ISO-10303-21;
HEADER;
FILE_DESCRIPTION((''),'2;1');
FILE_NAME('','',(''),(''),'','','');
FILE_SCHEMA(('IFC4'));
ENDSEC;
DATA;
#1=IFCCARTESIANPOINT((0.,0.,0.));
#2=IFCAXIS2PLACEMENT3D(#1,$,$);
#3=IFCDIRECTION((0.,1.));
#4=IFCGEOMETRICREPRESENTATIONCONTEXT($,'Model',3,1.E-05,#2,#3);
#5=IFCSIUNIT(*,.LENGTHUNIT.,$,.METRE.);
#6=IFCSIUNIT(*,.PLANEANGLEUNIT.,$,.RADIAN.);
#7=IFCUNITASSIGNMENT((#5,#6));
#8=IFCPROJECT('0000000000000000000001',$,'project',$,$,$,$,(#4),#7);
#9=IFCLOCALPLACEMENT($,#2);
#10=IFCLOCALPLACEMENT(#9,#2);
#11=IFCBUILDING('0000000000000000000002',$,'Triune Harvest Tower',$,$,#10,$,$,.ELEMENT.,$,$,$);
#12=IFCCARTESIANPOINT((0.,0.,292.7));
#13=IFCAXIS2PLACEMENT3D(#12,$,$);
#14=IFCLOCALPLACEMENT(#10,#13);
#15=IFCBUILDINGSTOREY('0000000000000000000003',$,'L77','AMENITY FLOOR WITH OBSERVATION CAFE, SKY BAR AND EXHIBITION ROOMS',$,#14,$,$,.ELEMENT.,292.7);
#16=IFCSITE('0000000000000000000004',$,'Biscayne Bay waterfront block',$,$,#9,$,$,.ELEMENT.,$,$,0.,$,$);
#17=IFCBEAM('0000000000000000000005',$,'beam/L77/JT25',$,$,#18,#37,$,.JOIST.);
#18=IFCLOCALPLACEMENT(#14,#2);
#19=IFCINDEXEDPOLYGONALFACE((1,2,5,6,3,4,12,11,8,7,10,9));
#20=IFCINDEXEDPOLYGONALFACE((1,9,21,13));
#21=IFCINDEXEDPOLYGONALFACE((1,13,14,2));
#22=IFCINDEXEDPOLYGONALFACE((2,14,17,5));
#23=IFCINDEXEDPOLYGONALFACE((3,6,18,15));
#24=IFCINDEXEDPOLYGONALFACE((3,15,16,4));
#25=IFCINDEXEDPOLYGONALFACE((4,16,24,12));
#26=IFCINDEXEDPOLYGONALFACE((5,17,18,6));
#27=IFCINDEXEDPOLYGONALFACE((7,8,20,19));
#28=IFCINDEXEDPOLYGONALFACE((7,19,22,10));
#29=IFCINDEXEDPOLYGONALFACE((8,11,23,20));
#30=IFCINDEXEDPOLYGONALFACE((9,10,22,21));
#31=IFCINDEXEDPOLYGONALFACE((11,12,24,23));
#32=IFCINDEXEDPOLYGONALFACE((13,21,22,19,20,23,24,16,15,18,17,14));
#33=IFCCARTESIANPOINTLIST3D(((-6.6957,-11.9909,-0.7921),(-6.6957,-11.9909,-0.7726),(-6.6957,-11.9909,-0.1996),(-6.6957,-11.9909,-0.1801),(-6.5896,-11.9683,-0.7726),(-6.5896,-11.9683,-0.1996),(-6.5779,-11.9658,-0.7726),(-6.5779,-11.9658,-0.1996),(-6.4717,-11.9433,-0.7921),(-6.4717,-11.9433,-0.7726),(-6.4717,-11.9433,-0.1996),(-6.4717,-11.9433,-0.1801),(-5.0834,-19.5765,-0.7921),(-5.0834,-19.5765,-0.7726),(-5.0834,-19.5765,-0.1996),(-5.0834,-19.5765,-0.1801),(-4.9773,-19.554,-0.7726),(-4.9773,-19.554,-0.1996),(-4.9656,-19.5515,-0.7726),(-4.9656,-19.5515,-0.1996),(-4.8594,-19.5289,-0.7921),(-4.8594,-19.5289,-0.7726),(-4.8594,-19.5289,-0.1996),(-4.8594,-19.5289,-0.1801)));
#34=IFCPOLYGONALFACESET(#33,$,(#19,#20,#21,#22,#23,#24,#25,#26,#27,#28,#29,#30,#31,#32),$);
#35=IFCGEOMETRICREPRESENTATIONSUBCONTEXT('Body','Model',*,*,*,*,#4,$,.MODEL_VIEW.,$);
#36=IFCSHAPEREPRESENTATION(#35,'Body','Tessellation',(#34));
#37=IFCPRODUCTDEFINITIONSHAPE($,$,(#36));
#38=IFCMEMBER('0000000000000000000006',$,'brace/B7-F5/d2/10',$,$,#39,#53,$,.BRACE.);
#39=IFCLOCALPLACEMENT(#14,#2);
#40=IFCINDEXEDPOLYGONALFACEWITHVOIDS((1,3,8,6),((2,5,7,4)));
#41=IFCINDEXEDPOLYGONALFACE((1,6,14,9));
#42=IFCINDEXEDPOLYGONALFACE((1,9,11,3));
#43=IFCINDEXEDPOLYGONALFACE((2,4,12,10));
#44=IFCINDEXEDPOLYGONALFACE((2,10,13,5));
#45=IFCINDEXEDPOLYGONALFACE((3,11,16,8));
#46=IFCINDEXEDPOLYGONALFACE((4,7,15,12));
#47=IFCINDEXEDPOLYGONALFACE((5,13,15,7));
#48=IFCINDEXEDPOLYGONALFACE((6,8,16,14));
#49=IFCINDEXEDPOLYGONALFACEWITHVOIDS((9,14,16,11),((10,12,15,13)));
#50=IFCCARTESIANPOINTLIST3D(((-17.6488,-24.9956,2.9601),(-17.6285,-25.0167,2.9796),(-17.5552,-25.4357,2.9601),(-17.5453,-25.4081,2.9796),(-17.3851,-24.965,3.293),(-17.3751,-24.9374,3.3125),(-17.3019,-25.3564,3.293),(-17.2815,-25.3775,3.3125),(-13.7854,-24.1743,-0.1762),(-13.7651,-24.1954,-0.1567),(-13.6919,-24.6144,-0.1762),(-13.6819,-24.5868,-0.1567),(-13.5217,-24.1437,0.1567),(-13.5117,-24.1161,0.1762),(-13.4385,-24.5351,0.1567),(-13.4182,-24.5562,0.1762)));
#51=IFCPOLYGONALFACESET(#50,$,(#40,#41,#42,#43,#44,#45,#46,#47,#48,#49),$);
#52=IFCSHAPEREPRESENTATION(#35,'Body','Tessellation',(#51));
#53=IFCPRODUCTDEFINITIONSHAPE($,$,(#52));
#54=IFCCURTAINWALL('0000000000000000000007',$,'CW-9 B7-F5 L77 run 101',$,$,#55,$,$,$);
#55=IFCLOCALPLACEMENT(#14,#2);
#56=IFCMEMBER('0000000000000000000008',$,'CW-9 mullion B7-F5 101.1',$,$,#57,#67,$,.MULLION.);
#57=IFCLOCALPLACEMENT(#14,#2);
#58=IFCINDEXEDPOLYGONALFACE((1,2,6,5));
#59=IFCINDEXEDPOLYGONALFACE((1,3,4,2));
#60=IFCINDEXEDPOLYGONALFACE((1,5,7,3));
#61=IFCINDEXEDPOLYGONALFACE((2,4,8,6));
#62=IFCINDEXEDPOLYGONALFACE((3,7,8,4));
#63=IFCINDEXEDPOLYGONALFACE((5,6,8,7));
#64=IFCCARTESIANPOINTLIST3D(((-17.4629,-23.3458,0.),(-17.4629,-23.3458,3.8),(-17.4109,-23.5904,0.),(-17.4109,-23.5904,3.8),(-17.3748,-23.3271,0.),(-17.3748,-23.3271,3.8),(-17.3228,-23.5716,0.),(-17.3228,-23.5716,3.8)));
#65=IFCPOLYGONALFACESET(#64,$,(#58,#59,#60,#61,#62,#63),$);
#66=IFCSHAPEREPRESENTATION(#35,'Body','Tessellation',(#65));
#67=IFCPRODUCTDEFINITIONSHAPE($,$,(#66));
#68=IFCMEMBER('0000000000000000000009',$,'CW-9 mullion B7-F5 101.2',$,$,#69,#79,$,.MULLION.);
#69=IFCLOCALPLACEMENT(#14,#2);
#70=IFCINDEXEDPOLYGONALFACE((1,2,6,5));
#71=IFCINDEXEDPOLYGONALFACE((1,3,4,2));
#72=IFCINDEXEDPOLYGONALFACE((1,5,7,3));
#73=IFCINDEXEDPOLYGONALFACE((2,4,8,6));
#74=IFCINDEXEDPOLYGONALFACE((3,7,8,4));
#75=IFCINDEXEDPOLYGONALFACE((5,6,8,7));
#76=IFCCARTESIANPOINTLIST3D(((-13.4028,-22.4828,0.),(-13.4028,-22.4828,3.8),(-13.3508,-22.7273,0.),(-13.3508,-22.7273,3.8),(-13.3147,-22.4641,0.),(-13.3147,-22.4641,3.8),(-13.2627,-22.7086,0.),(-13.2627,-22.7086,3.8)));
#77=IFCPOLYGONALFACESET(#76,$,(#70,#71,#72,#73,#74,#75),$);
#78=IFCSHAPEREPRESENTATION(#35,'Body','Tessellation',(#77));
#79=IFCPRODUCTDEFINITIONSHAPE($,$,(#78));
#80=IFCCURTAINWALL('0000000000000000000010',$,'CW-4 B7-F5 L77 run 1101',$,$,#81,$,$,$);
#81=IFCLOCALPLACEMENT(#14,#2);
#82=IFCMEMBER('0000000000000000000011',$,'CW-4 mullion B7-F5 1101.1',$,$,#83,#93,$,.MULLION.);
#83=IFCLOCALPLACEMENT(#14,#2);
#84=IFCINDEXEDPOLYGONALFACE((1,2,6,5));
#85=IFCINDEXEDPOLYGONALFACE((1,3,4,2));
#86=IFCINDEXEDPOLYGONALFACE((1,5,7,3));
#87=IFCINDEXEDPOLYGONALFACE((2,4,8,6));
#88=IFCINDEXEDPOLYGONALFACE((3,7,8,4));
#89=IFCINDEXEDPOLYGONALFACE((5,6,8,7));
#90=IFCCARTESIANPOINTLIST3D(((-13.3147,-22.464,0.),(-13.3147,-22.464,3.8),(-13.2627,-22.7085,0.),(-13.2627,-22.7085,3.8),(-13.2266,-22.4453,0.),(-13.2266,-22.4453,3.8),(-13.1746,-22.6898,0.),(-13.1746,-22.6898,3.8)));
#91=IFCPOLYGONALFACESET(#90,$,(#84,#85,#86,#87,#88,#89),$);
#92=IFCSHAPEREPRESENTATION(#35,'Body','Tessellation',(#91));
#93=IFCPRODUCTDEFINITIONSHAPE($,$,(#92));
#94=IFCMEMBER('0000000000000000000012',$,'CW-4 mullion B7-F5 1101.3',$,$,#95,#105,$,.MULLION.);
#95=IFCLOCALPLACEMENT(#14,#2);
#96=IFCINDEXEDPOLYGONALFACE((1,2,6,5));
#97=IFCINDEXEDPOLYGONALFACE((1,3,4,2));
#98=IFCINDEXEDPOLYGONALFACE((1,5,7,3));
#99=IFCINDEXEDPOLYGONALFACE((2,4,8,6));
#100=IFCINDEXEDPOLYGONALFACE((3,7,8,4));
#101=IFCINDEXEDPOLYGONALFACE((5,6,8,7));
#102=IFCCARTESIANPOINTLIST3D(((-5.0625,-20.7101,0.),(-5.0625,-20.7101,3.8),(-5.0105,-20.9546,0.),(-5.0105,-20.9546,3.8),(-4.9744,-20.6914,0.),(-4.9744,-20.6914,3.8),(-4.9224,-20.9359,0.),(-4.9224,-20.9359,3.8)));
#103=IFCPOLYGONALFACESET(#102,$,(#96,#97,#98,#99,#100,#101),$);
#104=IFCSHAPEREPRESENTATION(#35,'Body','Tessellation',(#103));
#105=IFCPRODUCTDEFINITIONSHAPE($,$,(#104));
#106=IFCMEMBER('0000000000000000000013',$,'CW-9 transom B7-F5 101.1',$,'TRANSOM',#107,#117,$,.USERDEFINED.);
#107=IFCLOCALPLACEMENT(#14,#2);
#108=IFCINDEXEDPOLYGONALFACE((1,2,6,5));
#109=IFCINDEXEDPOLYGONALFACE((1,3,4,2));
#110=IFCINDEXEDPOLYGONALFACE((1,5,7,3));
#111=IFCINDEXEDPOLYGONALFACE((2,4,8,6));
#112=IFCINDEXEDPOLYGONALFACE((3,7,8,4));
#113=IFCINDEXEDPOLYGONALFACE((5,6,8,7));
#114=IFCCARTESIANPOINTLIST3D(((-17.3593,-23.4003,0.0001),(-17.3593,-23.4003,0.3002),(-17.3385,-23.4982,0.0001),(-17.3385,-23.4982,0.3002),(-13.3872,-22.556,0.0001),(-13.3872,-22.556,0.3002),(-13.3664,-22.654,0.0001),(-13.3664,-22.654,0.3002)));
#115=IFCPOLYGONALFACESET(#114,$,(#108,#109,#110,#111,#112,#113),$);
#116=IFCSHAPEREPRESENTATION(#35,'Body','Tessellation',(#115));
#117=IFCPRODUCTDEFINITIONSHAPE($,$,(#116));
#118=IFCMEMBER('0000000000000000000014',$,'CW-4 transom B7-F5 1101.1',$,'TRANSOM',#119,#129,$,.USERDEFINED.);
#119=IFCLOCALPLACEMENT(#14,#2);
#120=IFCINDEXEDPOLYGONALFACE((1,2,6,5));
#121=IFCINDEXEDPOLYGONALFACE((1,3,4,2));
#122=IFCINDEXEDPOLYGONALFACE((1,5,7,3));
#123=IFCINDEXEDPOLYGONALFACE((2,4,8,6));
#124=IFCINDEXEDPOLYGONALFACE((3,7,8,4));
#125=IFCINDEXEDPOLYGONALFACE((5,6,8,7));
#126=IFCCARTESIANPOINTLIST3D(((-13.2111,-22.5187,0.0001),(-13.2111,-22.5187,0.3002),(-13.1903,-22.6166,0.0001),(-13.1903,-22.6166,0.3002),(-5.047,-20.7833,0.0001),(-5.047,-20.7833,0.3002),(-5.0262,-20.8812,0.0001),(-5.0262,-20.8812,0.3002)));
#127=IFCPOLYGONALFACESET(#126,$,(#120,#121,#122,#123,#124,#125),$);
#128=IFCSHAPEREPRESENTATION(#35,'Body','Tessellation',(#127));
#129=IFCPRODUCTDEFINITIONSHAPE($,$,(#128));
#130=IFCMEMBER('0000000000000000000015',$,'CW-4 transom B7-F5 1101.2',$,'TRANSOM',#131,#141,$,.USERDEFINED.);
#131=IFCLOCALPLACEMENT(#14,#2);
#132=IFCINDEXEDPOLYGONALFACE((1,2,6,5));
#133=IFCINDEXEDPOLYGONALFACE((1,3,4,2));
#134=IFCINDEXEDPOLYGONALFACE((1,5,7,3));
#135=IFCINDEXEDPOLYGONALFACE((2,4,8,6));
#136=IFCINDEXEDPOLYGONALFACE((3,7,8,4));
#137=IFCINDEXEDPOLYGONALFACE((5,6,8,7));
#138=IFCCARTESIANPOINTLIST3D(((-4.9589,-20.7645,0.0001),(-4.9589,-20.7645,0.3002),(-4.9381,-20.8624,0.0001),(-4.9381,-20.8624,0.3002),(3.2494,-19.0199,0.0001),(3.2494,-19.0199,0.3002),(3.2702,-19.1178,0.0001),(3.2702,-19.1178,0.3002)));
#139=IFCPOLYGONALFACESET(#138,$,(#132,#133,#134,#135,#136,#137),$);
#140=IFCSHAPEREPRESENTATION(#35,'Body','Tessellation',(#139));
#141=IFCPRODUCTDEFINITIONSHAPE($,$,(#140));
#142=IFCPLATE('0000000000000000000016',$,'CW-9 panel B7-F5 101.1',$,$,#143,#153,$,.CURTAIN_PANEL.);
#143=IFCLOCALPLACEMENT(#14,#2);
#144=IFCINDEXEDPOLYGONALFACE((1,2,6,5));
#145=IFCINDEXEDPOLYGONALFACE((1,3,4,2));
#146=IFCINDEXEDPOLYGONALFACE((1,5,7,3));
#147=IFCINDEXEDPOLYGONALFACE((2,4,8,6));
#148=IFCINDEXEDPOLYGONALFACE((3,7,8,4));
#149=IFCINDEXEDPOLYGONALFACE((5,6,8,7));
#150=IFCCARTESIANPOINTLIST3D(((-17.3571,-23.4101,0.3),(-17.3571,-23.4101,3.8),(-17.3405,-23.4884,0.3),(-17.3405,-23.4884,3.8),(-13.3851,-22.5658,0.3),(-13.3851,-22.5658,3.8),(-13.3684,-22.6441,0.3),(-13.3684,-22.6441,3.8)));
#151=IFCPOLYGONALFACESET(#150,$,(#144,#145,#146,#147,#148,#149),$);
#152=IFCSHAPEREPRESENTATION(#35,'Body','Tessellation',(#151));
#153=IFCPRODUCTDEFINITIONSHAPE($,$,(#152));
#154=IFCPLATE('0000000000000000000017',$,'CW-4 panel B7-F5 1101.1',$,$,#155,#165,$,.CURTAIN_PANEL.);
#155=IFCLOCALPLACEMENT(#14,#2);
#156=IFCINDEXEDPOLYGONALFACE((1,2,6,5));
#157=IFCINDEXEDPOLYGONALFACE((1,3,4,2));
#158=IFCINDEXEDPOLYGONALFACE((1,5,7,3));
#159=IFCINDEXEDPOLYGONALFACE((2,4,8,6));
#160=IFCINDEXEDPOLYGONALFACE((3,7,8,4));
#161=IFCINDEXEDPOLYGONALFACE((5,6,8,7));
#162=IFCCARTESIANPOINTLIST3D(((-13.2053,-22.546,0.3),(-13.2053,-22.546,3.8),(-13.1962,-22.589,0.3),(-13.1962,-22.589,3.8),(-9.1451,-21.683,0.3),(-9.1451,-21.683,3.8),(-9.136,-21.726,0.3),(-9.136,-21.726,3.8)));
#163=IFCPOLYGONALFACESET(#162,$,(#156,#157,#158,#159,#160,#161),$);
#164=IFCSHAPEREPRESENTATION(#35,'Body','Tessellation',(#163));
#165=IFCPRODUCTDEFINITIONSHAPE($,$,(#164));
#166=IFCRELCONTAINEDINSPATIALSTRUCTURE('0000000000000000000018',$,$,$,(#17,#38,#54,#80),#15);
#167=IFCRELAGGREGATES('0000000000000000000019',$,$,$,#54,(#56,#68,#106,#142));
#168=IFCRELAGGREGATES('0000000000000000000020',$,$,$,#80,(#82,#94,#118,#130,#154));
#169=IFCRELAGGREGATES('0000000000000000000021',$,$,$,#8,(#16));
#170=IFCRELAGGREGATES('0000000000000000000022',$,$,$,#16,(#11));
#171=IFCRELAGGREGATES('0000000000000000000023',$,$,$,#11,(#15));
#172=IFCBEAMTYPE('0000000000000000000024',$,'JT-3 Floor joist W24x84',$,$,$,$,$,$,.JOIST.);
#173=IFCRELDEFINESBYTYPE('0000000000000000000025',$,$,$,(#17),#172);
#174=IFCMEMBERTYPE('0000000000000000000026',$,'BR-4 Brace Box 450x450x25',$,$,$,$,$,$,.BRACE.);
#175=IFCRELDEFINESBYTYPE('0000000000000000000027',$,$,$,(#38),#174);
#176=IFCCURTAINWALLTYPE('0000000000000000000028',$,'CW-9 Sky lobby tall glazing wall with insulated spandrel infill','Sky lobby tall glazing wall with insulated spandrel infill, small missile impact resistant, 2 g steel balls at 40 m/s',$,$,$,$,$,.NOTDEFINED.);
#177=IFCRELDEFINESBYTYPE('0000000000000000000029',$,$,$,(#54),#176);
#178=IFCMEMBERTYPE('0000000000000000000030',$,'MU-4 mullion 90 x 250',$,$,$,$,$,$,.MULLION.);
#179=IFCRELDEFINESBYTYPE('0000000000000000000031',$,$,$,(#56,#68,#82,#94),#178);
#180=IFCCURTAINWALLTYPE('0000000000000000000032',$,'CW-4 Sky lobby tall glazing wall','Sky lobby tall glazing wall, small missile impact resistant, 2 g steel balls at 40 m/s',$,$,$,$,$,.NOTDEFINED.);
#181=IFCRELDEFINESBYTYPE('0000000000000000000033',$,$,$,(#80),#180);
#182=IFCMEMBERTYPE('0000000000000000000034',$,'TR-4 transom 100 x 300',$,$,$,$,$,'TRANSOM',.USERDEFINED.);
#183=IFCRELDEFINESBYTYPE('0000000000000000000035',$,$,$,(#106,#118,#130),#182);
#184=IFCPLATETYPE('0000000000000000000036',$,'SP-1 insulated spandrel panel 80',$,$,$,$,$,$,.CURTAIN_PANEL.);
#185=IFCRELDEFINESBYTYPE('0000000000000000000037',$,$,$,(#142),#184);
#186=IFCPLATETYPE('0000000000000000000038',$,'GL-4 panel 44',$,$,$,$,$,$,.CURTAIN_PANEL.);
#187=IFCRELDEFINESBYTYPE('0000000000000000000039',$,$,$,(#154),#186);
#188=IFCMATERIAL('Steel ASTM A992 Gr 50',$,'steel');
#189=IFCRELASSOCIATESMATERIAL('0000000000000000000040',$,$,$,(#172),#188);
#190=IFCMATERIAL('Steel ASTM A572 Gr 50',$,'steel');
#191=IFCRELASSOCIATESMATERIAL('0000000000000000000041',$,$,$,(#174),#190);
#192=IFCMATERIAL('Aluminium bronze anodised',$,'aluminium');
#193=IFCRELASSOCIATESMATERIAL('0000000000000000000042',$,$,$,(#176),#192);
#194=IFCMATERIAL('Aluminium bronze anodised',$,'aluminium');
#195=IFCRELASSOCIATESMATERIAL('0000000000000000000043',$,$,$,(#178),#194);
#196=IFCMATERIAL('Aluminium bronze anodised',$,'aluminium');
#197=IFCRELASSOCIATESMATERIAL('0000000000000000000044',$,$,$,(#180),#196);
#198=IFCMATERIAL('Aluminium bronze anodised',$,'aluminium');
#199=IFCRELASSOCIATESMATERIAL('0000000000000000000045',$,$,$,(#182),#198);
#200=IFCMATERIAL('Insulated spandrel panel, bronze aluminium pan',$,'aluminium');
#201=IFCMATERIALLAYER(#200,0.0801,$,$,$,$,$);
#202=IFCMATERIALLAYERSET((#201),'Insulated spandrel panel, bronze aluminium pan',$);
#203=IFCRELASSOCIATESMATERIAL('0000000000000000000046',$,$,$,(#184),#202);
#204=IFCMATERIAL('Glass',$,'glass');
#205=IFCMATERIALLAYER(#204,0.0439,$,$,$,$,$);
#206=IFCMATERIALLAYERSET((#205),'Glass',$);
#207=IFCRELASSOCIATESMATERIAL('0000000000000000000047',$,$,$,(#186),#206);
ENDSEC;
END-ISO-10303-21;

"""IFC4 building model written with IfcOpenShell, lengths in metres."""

from ifc_helpers import new_model, si_unit, direction, frame, origin, origin_2d, place, context, subcontext, project, spatial, rectangle, hollow_rectangle, i_section, extrude, source, transform, mapped, material, layer, layer_set, material_profile, profile_set, type_object, element, aggregate, save


model = new_model("IFC4")

# Units and contexts
model_context = context("Model", 3, precision=1e-05, world=origin(), true_north=direction((0.0, 1.0)))
body_context = subcontext(model_context, "Body", "Model", "MODEL_VIEW")
ifc_project = project(units=[si_unit("LENGTHUNIT", "METRE"), si_unit("PLANEANGLEUNIT", "RADIAN")], contexts=[model_context])

# Site, building, storey
site_placement = place(None, origin())
site = spatial("IfcSite", under=ifc_project, at=site_placement, Name="Biscayne Bay waterfront block", CompositionType="ELEMENT", RefElevation=0.0)
building_placement = place(site_placement, origin())
building = spatial("IfcBuilding", under=site, at=building_placement, Name="Triune Harvest Tower", CompositionType="ELEMENT")
storey_placement = place(building_placement, frame((0.0, 0.0, 292.7)))
storey = spatial("IfcBuildingStorey", under=building, at=storey_placement, Name="L77", Description="AMENITY FLOOR WITH OBSERVATION CAFE, SKY BAR AND EXHIBITION ROOMS", CompositionType="ELEMENT", Elevation=292.7)

# Beam
ifc_material_1 = material(Name="Steel ASTM A992 Gr 50", Category="steel")
ifc_material_profile_1 = material_profile(ifc_material_1, i_section(OverallWidth=0.229, OverallDepth=0.6121, WebThickness=0.012, FlangeThickness=0.0195, at=origin_2d()), Name="W24x84")
ifc_profile_set_1 = profile_set([ifc_material_profile_1], Name="Steel ASTM A992 Gr 50")
beam_type_1 = type_object("IfcBeamType", Name="JT-3 Floor joist W24x84", PredefinedType="JOIST", material=ifc_profile_set_1)
shared_shape_1 = source(origin(), body_context, "Body", "SweptSolid", [
    extrude(i_section(OverallWidth=0.229, OverallDepth=0.6121, WebThickness=0.012, FlangeThickness=0.0195, at=origin_2d()), origin(), (0.0, 0.0, 1.0), 7.7551),
])
beam_1_placement = place(storey_placement, frame((-4.9714, -19.5527, -0.4861), z_axis=(-0.207901, 0.97815, 0.0), x_axis=(-0.97815, -0.207901, 0.0)))
element("IfcBeam", 1, at=beam_1_placement, inside=storey, type_object=beam_type_1, Name="beam/L77/JT25", PredefinedType="JOIST", context=body_context, shape_type="MappedRepresentation", body=[
    mapped(shared_shape_1, transform((0.0, 0.0, 0.0), scale=1.0)),
])

# Member
ifc_material_2 = material(Name="Steel ASTM A572 Gr 50", Category="steel")
ifc_material_profile_2 = material_profile(ifc_material_2, hollow_rectangle(XDim=0.45, YDim=0.45, WallThickness=0.0249, at=origin_2d()), Name="Box 450x450x25")
ifc_profile_set_2 = profile_set([ifc_material_profile_2], Name="Steel ASTM A572 Gr 50")
member_type_1 = type_object("IfcMemberType", Name="BR-4 Brace Box 450x450x25", PredefinedType="BRACE", material=ifc_profile_set_2)
shared_shape_2 = source(origin(), body_context, "Body", "SweptSolid", [
    extrude(hollow_rectangle(XDim=0.45, YDim=0.45, WallThickness=0.0249, at=origin_2d()), origin(), (0.0, 0.0, 1.0), 5.0435),
])
member_1_placement = place(storey_placement, frame((-13.6018, -24.3652, 0.0), z_axis=(-0.766015, -0.162846, 0.621854), x_axis=(0.207942, -0.978141, 0.0)))
element("IfcMember", 2, at=member_1_placement, inside=storey, type_object=member_type_1, Name="brace/B7-F5/d2/10", PredefinedType="BRACE", context=body_context, shape_type="MappedRepresentation", body=[
    mapped(shared_shape_2, transform((0.0, 0.0, 0.0), scale=1.0)),
])

# Curtain walls, members
ifc_material_3 = material(Name="Aluminium bronze anodised", Category="aluminium")
curtain_wall_type_1 = type_object("IfcCurtainWallType", Name="CW-9 Sky lobby tall glazing wall with insulated spandrel infill", Description="Sky lobby tall glazing wall with insulated spandrel infill, small missile impact resistant, 2 g steel balls at 40 m/s", PredefinedType="NOTDEFINED", material=ifc_material_3)
curtain_wall_1_placement = place(storey_placement, origin())
curtain_wall_1 = element("IfcCurtainWall", 3, at=curtain_wall_1_placement, inside=storey, type_object=curtain_wall_type_1, Name="CW-9 B7-F5 L77 run 101")
ifc_material_4 = material(Name="Aluminium bronze anodised", Category="aluminium")
ifc_material_profile_3 = material_profile(ifc_material_4, rectangle(XDim=0.25, YDim=0.0901, at=origin_2d()), Name="MU-4 mullion 90 x 250")
ifc_profile_set_3 = profile_set([ifc_material_profile_3], Name="Aluminium bronze anodised")
member_type_2 = type_object("IfcMemberType", Name="MU-4 mullion 90 x 250", PredefinedType="MULLION", material=ifc_profile_set_3)
shared_shape_3 = source(origin(), body_context, "Body", "SweptSolid", [
    extrude(rectangle(XDim=0.25, YDim=0.0901, at=origin_2d()), origin(), (0.0, 0.0, 1.0), 3.8),
])
member_2_placement = place(storey_placement, frame((-17.3928, -23.4587, 0.0), z_axis=(0.0, 0.0, 1.0), x_axis=(-0.20791, 0.978148, 0.0)))
member_2 = element("IfcMember", 4, at=member_2_placement, type_object=member_type_2, Name="CW-9 mullion B7-F5 101.1", PredefinedType="MULLION", context=body_context, shape_type="MappedRepresentation", body=[
    mapped(shared_shape_3, transform((0.0, 0.0, 0.0), scale=1.0)),
])
member_3_placement = place(storey_placement, frame((-13.3328, -22.5957, 0.0), z_axis=(0.0, 0.0, 1.0), x_axis=(-0.20791, 0.978148, 0.0)))
member_3 = element("IfcMember", 5, at=member_3_placement, type_object=member_type_2, Name="CW-9 mullion B7-F5 101.2", PredefinedType="MULLION", context=body_context, shape_type="MappedRepresentation", body=[
    mapped(shared_shape_3, transform((0.0, 0.0, 0.0), scale=1.0)),
])
ifc_material_5 = material(Name="Aluminium bronze anodised", Category="aluminium")
curtain_wall_type_2 = type_object("IfcCurtainWallType", Name="CW-4 Sky lobby tall glazing wall", Description="Sky lobby tall glazing wall, small missile impact resistant, 2 g steel balls at 40 m/s", PredefinedType="NOTDEFINED", material=ifc_material_5)
curtain_wall_2_placement = place(storey_placement, origin())
curtain_wall_2 = element("IfcCurtainWall", 6, at=curtain_wall_2_placement, inside=storey, type_object=curtain_wall_type_2, Name="CW-4 B7-F5 L77 run 1101")
member_4_placement = place(storey_placement, frame((-13.2446, -22.5769, 0.0), z_axis=(0.0, 0.0, 1.0), x_axis=(-0.20791, 0.978148, 0.0)))
member_4 = element("IfcMember", 7, at=member_4_placement, type_object=member_type_2, Name="CW-4 mullion B7-F5 1101.1", PredefinedType="MULLION", context=body_context, shape_type="MappedRepresentation", body=[
    mapped(shared_shape_3, transform((0.0, 0.0, 0.0), scale=1.0)),
])
member_5_placement = place(storey_placement, frame((-4.9924, -20.823, 0.0), z_axis=(0.0, 0.0, 1.0), x_axis=(-0.20791, 0.978148, 0.0)))
member_5 = element("IfcMember", 8, at=member_5_placement, type_object=member_type_2, Name="CW-4 mullion B7-F5 1101.3", PredefinedType="MULLION", context=body_context, shape_type="MappedRepresentation", body=[
    mapped(shared_shape_3, transform((0.0, 0.0, 0.0), scale=1.0)),
])

# Members
ifc_material_6 = material(Name="Aluminium bronze anodised", Category="aluminium")
ifc_material_profile_4 = material_profile(ifc_material_6, rectangle(XDim=0.1001, YDim=0.3, at=origin_2d()), Name="TR-4 transom 100 x 300")
ifc_profile_set_4 = profile_set([ifc_material_profile_4], Name="Aluminium bronze anodised")
member_type_3 = type_object("IfcMemberType", Name="TR-4 transom 100 x 300", ElementType="TRANSOM", PredefinedType="USERDEFINED", material=ifc_profile_set_4)
shared_shape_4 = source(origin(), body_context, "Body", "SweptSolid", [
    extrude(rectangle(XDim=0.1001, YDim=0.3, at=origin_2d()), origin(), (0.0, 0.0, 1.0), 4.0608),
])
member_6_placement = place(storey_placement, frame((-17.3489, -23.4492, 0.1501), z_axis=(0.978151, 0.207895, 0.0), x_axis=(-0.207895, 0.978151, 0.0)))
member_6 = element("IfcMember", 9, at=member_6_placement, type_object=member_type_3, Name="CW-9 transom B7-F5 101.1", ObjectType="TRANSOM", PredefinedType="USERDEFINED", context=body_context, shape_type="MappedRepresentation", body=[
    mapped(shared_shape_4, transform((0.0, 0.0, 0.0), scale=1.0)),
])
shared_shape_5 = source(origin(), body_context, "Body", "SweptSolid", [
    extrude(rectangle(XDim=0.1001, YDim=0.3, at=origin_2d()), origin(), (0.0, 0.0, 1.0), 8.3464),
])
member_7_placement = place(storey_placement, frame((-13.2007, -22.5676, 0.1501), z_axis=(0.978147, 0.207915, 0.0), x_axis=(-0.207915, 0.978147, 0.0)))
member_7 = element("IfcMember", 10, at=member_7_placement, type_object=member_type_3, Name="CW-4 transom B7-F5 1101.1", ObjectType="TRANSOM", PredefinedType="USERDEFINED", context=body_context, shape_type="MappedRepresentation", body=[
    mapped(shared_shape_5, transform((0.0, 0.0, 0.0), scale=1.0)),
])
shared_shape_6 = source(origin(), body_context, "Body", "SweptSolid", [
    extrude(rectangle(XDim=0.1001, YDim=0.3, at=origin_2d()), origin(), (0.0, 0.0, 1.0), 8.3916),
])
member_8_placement = place(storey_placement, frame((-4.9485, -20.8135, 0.1501), z_axis=(0.97815, 0.207902, 0.0), x_axis=(-0.207902, 0.97815, 0.0)))
member_8 = element("IfcMember", 11, at=member_8_placement, type_object=member_type_3, Name="CW-4 transom B7-F5 1101.2", ObjectType="TRANSOM", PredefinedType="USERDEFINED", context=body_context, shape_type="MappedRepresentation", body=[
    mapped(shared_shape_6, transform((0.0, 0.0, 0.0), scale=1.0)),
])

# Plates
ifc_material_7 = material(Name="Insulated spandrel panel, bronze aluminium pan", Category="aluminium")
ifc_layer_1 = layer(ifc_material_7, 0.0801)
ifc_layer_set_1 = layer_set([ifc_layer_1], Name="Insulated spandrel panel, bronze aluminium pan")
plate_type_1 = type_object("IfcPlateType", Name="SP-1 insulated spandrel panel 80", PredefinedType="CURTAIN_PANEL", material=ifc_layer_set_1)
shared_shape_7 = source(origin(), body_context, "Body", "SweptSolid", [
    extrude(rectangle(XDim=4.0608, YDim=0.0801, at=origin_2d()), origin(), (0.0, 0.0, 1.0), 3.5),
])
plate_1_placement = place(storey_placement, frame((-15.3628, -23.0271, 0.3), z_axis=(0.0, 0.0, 1.0), x_axis=(0.978148, 0.20791, 0.0)))
plate_1 = element("IfcPlate", 12, at=plate_1_placement, type_object=plate_type_1, Name="CW-9 panel B7-F5 101.1", PredefinedType="CURTAIN_PANEL", context=body_context, shape_type="MappedRepresentation", body=[
    mapped(shared_shape_7, transform((0.0, 0.0, 0.0), scale=1.0)),
])
aggregate(curtain_wall_1, [member_2, member_3, member_6, plate_1])
ifc_material_8 = material(Name="Glass", Category="glass")
ifc_layer_2 = layer(ifc_material_8, 0.0439)
ifc_layer_set_2 = layer_set([ifc_layer_2], Name="Glass")
plate_type_2 = type_object("IfcPlateType", Name="GL-4 panel 44", PredefinedType="CURTAIN_PANEL", material=ifc_layer_set_2)
shared_shape_8 = source(origin(), body_context, "Body", "SweptSolid", [
    extrude(rectangle(XDim=4.1509, YDim=0.0439, at=origin_2d()), origin(), (0.0, 0.0, 1.0), 3.5),
])
plate_2_placement = place(storey_placement, frame((-11.1707, -22.136, 0.3), z_axis=(0.0, 0.0, 1.0), x_axis=(0.978148, 0.20791, 0.0)))
plate_2 = element("IfcPlate", 13, at=plate_2_placement, type_object=plate_type_2, Name="CW-4 panel B7-F5 1101.1", PredefinedType="CURTAIN_PANEL", context=body_context, shape_type="MappedRepresentation", body=[
    mapped(shared_shape_8, transform((0.0, 0.0, 0.0), scale=1.0)),
])
aggregate(curtain_wall_2, [member_4, member_5, member_7, member_8, plate_2])

save(model, "model.ifc")
